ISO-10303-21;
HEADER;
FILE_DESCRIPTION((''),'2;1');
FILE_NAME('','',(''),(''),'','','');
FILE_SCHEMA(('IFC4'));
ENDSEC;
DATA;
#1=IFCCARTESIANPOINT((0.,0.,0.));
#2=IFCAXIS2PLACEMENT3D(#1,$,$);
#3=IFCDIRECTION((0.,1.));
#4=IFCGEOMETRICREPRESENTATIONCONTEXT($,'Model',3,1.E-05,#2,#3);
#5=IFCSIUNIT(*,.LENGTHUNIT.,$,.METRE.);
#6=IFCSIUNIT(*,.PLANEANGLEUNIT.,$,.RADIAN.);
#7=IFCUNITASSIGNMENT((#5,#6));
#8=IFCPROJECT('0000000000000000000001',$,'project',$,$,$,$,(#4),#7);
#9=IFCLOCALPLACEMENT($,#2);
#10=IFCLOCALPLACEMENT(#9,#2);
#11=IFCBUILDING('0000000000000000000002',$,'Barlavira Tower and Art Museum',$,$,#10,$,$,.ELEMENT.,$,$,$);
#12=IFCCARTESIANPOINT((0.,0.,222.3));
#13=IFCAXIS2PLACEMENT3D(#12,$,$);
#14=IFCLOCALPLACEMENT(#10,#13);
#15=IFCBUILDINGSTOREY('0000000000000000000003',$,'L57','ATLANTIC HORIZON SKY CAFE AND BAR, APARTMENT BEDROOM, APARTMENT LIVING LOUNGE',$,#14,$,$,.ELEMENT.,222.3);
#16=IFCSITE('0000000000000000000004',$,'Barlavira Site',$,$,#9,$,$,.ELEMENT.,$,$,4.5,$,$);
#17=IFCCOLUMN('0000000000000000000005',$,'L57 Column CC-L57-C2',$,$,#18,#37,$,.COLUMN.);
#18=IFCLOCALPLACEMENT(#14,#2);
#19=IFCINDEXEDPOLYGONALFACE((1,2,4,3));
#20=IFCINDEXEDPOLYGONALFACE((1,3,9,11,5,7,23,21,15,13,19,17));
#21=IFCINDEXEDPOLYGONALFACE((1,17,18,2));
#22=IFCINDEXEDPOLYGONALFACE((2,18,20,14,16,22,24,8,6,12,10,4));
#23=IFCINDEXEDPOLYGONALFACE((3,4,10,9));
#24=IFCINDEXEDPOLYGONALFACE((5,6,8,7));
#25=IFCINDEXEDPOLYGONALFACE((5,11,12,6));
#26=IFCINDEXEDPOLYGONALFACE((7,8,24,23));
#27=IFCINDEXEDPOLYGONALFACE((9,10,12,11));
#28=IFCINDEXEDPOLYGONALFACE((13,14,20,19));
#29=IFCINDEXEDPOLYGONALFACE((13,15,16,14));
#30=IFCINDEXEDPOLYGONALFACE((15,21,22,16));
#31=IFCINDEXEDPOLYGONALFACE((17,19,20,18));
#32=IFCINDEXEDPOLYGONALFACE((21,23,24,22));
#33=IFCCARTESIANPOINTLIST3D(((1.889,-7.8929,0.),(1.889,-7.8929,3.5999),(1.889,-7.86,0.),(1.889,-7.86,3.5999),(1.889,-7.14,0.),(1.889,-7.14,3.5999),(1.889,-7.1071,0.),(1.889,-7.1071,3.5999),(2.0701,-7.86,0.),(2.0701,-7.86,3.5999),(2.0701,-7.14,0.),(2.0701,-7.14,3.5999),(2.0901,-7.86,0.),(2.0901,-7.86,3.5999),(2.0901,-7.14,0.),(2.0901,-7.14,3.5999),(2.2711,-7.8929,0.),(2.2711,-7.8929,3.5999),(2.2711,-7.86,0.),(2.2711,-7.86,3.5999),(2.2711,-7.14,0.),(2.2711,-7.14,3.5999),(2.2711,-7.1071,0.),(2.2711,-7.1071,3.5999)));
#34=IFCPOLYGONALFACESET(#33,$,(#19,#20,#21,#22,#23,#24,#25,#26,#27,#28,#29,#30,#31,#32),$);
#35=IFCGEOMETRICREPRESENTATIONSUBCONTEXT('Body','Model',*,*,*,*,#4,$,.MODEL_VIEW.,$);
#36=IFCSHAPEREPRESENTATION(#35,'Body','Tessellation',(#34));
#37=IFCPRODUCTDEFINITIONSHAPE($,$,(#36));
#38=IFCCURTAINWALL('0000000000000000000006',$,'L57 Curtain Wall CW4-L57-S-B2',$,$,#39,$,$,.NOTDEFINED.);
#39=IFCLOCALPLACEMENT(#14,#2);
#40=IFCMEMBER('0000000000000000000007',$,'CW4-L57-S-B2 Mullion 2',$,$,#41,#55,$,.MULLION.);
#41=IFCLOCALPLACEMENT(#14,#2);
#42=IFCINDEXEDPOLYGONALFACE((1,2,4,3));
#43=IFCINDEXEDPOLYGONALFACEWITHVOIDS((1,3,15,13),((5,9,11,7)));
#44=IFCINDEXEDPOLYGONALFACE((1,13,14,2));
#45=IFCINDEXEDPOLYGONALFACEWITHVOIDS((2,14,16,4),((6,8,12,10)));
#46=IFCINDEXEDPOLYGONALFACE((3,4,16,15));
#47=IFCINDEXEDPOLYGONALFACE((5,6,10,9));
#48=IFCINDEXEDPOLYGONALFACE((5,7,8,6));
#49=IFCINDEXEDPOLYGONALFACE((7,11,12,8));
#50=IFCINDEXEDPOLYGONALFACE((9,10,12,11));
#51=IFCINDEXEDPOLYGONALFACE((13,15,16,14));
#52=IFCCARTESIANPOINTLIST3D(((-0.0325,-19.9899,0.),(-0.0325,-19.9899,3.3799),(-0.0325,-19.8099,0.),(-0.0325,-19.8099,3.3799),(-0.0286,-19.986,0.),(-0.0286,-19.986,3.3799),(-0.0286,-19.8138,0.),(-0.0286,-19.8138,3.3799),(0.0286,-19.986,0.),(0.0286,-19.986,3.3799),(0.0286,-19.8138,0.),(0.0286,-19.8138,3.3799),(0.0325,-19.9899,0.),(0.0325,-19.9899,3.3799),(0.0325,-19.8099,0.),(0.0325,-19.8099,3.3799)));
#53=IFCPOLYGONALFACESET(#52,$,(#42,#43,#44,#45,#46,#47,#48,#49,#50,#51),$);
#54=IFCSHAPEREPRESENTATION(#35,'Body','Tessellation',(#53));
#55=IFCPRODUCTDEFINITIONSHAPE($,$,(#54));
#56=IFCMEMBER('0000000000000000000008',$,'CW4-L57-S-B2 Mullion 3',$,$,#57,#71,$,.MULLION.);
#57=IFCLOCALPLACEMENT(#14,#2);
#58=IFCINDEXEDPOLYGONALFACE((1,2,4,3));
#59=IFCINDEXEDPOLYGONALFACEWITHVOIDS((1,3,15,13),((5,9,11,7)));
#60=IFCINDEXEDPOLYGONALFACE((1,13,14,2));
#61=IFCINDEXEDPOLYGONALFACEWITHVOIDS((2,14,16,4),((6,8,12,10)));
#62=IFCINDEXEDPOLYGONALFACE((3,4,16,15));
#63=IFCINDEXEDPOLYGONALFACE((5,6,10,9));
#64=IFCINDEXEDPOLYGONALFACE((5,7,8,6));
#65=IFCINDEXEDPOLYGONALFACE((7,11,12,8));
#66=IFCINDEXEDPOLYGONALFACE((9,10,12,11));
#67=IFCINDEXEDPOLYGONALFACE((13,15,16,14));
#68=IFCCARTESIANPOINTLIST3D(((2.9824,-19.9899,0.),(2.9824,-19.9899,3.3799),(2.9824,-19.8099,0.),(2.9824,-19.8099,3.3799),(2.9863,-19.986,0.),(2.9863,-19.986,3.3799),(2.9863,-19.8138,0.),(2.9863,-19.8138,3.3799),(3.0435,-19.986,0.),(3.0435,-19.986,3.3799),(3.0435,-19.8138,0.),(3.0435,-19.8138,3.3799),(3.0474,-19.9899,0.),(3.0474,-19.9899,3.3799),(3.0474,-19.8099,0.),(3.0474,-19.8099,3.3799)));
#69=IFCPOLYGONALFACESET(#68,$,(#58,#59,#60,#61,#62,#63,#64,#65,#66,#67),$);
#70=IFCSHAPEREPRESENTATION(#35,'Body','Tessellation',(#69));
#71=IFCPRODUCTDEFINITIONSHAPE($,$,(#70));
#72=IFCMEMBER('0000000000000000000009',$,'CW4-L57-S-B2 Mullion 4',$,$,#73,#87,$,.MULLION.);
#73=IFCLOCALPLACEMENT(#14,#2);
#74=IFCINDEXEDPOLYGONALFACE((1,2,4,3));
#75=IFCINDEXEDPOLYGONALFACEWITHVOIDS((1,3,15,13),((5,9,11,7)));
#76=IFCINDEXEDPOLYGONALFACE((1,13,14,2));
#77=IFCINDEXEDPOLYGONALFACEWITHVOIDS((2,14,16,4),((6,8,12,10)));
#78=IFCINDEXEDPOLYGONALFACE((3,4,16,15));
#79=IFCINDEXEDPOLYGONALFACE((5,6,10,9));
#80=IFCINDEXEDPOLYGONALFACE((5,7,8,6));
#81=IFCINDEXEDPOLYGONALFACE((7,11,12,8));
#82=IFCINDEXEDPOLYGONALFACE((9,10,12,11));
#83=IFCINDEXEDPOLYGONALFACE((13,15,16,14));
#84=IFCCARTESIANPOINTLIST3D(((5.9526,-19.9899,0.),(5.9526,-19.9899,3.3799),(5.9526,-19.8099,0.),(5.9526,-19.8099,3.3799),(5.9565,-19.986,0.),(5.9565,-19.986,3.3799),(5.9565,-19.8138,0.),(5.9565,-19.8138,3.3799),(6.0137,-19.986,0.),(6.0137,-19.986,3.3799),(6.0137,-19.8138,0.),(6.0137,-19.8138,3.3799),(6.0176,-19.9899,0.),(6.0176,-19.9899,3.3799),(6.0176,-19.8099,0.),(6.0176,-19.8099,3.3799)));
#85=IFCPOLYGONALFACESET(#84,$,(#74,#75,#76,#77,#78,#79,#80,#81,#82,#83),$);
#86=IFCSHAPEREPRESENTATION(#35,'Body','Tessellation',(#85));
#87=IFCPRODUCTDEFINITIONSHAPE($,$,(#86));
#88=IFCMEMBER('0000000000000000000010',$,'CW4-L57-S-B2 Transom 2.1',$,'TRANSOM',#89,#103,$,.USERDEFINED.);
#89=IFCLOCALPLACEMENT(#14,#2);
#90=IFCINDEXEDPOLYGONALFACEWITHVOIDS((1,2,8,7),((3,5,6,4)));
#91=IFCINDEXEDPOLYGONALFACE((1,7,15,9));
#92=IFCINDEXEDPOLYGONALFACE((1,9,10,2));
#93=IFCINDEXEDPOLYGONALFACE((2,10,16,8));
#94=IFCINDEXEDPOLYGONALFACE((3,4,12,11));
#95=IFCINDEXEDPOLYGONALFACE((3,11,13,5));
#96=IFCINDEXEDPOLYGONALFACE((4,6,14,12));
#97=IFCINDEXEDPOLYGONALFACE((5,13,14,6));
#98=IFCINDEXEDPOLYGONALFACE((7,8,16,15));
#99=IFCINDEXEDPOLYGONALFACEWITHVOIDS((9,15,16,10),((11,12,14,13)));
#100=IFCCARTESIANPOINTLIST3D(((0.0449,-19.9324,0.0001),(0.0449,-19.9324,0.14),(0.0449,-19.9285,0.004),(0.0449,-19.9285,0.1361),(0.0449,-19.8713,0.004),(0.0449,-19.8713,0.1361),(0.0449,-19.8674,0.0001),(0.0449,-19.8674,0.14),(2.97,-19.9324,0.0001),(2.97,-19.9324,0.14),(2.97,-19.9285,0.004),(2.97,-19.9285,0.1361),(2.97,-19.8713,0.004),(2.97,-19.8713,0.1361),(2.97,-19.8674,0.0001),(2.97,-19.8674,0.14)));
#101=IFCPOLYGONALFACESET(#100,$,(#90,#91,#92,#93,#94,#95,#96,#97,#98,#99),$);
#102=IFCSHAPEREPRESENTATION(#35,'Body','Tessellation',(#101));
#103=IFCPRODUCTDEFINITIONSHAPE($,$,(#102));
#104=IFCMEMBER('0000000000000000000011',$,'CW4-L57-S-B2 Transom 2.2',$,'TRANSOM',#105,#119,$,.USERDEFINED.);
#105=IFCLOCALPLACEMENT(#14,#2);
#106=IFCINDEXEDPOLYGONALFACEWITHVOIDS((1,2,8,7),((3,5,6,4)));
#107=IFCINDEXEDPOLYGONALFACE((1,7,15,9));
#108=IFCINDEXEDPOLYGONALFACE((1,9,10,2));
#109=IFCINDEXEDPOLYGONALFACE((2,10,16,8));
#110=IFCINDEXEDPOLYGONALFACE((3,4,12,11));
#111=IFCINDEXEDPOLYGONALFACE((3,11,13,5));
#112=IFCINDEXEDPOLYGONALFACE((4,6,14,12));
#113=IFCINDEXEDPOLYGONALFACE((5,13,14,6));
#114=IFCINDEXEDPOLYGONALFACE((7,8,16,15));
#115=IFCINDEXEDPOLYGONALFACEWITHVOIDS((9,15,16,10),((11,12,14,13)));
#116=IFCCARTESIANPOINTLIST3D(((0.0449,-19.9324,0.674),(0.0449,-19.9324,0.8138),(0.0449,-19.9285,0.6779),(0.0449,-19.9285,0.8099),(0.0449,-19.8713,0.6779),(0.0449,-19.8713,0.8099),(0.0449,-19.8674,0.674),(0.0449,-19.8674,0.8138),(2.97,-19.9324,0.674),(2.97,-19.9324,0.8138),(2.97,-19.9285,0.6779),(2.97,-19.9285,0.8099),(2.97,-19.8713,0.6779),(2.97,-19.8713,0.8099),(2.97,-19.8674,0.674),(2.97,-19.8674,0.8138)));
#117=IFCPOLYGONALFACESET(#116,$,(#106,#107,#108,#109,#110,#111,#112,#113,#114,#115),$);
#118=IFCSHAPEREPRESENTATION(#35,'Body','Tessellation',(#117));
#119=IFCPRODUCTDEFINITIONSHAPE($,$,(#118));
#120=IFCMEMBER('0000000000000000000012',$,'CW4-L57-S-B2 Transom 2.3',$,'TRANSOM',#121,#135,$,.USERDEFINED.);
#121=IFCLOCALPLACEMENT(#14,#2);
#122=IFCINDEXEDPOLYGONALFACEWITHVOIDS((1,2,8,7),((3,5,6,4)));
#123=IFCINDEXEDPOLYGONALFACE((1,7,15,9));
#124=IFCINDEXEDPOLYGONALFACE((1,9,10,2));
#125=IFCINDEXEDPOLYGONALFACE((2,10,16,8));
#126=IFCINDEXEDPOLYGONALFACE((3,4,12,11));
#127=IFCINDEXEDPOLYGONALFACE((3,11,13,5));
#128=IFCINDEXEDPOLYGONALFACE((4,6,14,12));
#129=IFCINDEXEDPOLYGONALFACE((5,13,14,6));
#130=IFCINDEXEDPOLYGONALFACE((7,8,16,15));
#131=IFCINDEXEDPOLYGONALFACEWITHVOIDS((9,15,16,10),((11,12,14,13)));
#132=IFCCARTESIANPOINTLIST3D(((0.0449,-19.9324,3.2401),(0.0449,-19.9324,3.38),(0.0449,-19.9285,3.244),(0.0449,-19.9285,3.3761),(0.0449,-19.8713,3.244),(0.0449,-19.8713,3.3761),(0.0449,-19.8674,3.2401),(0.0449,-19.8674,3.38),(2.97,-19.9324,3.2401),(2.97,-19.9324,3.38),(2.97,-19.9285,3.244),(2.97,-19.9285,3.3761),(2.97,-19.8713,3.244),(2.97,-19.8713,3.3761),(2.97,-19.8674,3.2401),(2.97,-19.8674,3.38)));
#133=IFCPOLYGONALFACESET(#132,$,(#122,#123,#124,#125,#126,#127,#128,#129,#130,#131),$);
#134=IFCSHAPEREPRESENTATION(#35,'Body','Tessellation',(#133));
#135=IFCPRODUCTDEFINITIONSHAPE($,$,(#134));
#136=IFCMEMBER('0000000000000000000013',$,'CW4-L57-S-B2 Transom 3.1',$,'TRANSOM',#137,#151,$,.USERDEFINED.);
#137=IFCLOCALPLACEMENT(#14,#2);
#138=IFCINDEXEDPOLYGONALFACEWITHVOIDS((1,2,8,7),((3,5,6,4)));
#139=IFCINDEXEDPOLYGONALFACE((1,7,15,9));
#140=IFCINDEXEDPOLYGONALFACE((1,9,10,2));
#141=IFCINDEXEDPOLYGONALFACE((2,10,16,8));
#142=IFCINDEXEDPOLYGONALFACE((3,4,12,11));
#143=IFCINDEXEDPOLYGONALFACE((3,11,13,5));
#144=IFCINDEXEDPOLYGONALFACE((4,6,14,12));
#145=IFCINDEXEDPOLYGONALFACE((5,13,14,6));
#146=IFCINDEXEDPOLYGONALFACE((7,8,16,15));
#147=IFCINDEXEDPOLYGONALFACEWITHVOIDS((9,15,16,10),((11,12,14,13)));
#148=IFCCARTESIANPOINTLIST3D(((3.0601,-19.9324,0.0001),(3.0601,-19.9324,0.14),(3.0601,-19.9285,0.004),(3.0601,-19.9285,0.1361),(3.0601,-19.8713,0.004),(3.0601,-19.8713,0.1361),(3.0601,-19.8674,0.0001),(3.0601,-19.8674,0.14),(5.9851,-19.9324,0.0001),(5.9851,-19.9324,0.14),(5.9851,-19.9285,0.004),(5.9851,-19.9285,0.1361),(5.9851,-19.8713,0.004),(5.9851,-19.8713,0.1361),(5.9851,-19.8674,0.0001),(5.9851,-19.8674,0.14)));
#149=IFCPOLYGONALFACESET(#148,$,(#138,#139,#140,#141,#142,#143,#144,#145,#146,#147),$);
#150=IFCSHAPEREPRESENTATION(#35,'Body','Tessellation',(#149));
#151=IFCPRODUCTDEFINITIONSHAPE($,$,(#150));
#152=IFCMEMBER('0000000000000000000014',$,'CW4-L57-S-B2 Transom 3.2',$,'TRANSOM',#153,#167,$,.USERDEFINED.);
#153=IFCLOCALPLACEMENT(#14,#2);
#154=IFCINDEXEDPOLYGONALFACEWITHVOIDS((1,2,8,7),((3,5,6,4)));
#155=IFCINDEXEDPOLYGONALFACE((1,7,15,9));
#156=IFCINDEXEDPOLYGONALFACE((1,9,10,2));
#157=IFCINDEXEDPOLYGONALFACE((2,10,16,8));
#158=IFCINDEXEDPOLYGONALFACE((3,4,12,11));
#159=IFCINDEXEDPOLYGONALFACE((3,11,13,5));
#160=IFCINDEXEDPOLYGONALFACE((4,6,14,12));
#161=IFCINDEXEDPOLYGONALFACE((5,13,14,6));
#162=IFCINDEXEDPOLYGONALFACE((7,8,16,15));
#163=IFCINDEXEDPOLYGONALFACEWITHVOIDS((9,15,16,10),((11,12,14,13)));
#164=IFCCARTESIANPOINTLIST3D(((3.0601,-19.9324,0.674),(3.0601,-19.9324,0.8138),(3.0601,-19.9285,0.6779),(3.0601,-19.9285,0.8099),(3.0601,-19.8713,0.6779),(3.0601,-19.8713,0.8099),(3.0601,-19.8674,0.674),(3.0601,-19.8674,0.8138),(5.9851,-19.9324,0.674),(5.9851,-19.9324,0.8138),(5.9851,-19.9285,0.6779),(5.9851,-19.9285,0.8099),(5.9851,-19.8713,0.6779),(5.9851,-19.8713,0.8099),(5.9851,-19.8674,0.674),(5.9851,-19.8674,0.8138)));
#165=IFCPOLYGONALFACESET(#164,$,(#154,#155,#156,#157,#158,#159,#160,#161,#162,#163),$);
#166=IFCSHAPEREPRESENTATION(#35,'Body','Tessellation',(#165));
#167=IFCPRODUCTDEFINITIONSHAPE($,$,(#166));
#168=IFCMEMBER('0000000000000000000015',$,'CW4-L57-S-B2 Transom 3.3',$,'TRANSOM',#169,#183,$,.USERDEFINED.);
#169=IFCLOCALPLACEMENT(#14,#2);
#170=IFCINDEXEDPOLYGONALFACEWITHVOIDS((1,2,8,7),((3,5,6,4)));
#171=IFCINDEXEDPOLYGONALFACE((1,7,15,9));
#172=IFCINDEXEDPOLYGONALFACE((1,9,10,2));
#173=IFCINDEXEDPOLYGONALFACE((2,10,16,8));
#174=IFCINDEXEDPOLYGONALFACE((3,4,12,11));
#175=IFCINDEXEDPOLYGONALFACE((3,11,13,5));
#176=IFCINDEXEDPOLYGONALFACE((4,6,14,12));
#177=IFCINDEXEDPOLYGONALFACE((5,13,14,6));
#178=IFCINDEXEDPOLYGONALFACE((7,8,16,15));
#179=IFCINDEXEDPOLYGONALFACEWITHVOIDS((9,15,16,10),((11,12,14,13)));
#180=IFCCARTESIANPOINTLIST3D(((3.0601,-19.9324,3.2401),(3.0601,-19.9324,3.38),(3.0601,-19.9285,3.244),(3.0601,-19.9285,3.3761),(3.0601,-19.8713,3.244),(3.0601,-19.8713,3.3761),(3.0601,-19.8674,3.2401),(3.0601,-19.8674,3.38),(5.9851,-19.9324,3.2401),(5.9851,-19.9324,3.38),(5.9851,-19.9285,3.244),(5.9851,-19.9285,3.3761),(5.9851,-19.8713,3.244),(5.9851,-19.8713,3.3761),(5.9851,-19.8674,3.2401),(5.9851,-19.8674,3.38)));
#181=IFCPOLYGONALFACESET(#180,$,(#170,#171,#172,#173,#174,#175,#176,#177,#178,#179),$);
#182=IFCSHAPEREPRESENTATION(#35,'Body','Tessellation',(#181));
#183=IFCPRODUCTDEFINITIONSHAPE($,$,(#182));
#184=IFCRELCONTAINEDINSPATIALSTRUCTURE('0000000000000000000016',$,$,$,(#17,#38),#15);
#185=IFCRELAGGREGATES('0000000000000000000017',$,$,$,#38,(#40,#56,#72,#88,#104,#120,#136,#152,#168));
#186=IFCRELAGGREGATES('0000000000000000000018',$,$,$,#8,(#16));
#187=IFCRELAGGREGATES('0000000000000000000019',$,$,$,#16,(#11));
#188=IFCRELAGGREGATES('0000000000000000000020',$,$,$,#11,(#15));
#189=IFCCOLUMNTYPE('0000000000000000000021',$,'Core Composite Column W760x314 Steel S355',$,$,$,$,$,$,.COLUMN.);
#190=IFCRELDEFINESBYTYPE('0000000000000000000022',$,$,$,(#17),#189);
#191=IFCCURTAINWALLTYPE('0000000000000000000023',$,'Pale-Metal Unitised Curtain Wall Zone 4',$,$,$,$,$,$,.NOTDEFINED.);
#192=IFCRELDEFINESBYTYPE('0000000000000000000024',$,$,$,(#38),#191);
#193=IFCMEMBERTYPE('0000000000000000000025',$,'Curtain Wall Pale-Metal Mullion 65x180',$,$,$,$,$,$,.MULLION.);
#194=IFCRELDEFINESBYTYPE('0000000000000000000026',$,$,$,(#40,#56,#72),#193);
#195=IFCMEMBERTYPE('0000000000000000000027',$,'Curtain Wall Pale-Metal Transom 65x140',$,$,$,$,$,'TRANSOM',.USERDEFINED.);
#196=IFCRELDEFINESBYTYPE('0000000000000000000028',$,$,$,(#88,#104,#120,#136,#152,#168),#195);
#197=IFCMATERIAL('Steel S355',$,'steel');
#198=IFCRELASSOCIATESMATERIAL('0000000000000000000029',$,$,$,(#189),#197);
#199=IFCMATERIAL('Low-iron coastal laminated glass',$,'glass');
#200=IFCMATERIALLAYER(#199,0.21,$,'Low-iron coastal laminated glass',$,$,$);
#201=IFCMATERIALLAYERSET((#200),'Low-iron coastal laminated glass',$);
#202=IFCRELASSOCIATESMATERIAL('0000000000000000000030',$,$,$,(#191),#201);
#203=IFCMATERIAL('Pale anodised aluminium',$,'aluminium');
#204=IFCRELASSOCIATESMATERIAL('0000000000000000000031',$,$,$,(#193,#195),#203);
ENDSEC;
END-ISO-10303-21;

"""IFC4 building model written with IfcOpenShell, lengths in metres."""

from ifc_helpers import new_model, si_unit, direction, frame, origin, origin_2d, place, context, subcontext, project, spatial, hollow_rectangle, i_section, extrude, material, layer, layer_set, material_profile, profile_set, type_object, element, aggregate, save


model = new_model("IFC4")

# Units and contexts
model_context = context("Model", 3, precision=1e-05, world=origin(), true_north=direction((0.0, 1.0)))
body_context = subcontext(model_context, "Body", "Model", "MODEL_VIEW")
ifc_project = project(units=[si_unit("LENGTHUNIT", "METRE"), si_unit("PLANEANGLEUNIT", "RADIAN")], contexts=[model_context])

# Site, building, storey
site_placement = place(None, origin())
site = spatial("IfcSite", under=ifc_project, at=site_placement, Name="Barlavira Site", CompositionType="ELEMENT", RefElevation=4.5)
building_placement = place(site_placement, origin())
building = spatial("IfcBuilding", under=site, at=building_placement, Name="Barlavira Tower and Art Museum", CompositionType="ELEMENT")
storey_placement = place(building_placement, frame((0.0, 0.0, 222.3)))
storey = spatial("IfcBuildingStorey", under=building, at=storey_placement, Name="L57", Description="ATLANTIC HORIZON SKY CAFE AND BAR, APARTMENT BEDROOM, APARTMENT LIVING LOUNGE", CompositionType="ELEMENT", Elevation=222.3)

# Column
ifc_material_1 = material(Name="Steel S355", Category="steel")
ifc_material_profile_1 = material_profile(ifc_material_1, i_section(OverallWidth=0.3821, OverallDepth=0.7859, WebThickness=0.02, FlangeThickness=0.033, at=origin_2d()), Name="W760x314.0")
ifc_profile_set_1 = profile_set([ifc_material_profile_1], Name="Steel S355")
column_type = type_object("IfcColumnType", Name="Core Composite Column W760x314 Steel S355", PredefinedType="COLUMN", material=ifc_profile_set_1)
column_placement = place(storey_placement, frame((2.0801, -7.5, 0.0), z_axis=(0.0, 0.0, 1.0), x_axis=(1.0, 0.0, 0.0)))
element("IfcColumn", 1, at=column_placement, inside=storey, type_object=column_type, Name="L57 Column CC-L57-C2", PredefinedType="COLUMN", context=body_context, shape_type="SweptSolid", body=[
    extrude(i_section(OverallWidth=0.3821, OverallDepth=0.7859, WebThickness=0.02, FlangeThickness=0.033, at=origin_2d()), origin(), (0.0, 0.0, 1.0), 3.5999),
])

# Curtain wall, members
ifc_material_2 = material(Name="Low-iron coastal laminated glass", Category="glass")
ifc_layer_1 = layer(ifc_material_2, 0.21, Name="Low-iron coastal laminated glass")
ifc_layer_set_1 = layer_set([ifc_layer_1], Name="Low-iron coastal laminated glass")
curtain_wall_type = type_object("IfcCurtainWallType", Name="Pale-Metal Unitised Curtain Wall Zone 4", PredefinedType="NOTDEFINED", material=ifc_layer_set_1)
curtain_wall_placement = place(storey_placement, origin())
curtain_wall = element("IfcCurtainWall", 2, at=curtain_wall_placement, inside=storey, type_object=curtain_wall_type, Name="L57 Curtain Wall CW4-L57-S-B2", PredefinedType="NOTDEFINED")
ifc_material_3 = material(Name="Pale anodised aluminium", Category="aluminium")
ifc_material_profile_2 = material_profile(ifc_material_3, hollow_rectangle(XDim=0.0649, YDim=0.1799, WallThickness=0.0039, at=origin_2d()), Name="ALU-MULL 65x180x4")
ifc_profile_set_2 = profile_set([ifc_material_profile_2], Name="Pale anodised aluminium")
member_type_1 = type_object("IfcMemberType", Name="Curtain Wall Pale-Metal Mullion 65x180", PredefinedType="MULLION", material=ifc_profile_set_2)
member_1_placement = place(storey_placement, frame((0.0, -19.8999, 0.0), z_axis=(0.0, 0.0, 1.0), x_axis=(1.0, 0.0, 0.0)))
member_1 = element("IfcMember", 3, at=member_1_placement, type_object=member_type_1, Name="CW4-L57-S-B2 Mullion 2", PredefinedType="MULLION", context=body_context, shape_type="SweptSolid", body=[
    extrude(hollow_rectangle(XDim=0.0649, YDim=0.1799, WallThickness=0.0039, at=origin_2d()), origin(), (0.0, 0.0, 1.0), 3.3799),
])
member_2_placement = place(storey_placement, frame((3.0149, -19.8999, 0.0), z_axis=(0.0, 0.0, 1.0), x_axis=(1.0, 0.0, 0.0)))
member_2 = element("IfcMember", 4, at=member_2_placement, type_object=member_type_1, Name="CW4-L57-S-B2 Mullion 3", PredefinedType="MULLION", context=body_context, shape_type="SweptSolid", body=[
    extrude(hollow_rectangle(XDim=0.0649, YDim=0.1799, WallThickness=0.0039, at=origin_2d()), origin(), (0.0, 0.0, 1.0), 3.3799),
])
member_3_placement = place(storey_placement, frame((5.9851, -19.8999, 0.0), z_axis=(0.0, 0.0, 1.0), x_axis=(1.0, 0.0, 0.0)))
member_3 = element("IfcMember", 5, at=member_3_placement, type_object=member_type_1, Name="CW4-L57-S-B2 Mullion 4", PredefinedType="MULLION", context=body_context, shape_type="SweptSolid", body=[
    extrude(hollow_rectangle(XDim=0.0649, YDim=0.1799, WallThickness=0.0039, at=origin_2d()), origin(), (0.0, 0.0, 1.0), 3.3799),
])
ifc_material_profile_3 = material_profile(ifc_material_3, hollow_rectangle(XDim=0.0649, YDim=0.1399, WallThickness=0.0039, at=origin_2d()), Name="ALU-TRAN 65x140x4")
ifc_profile_set_3 = profile_set([ifc_material_profile_3], Name="Pale anodised aluminium")
member_type_2 = type_object("IfcMemberType", Name="Curtain Wall Pale-Metal Transom 65x140", ElementType="TRANSOM", PredefinedType="USERDEFINED", material=ifc_profile_set_3)
member_4_placement = place(storey_placement, frame((0.0449, -19.8999, 0.0701), z_axis=(1.0, 0.0, 0.0), x_axis=(0.0, 1.0, 0.0)))
member_4 = element("IfcMember", 6, at=member_4_placement, type_object=member_type_2, Name="CW4-L57-S-B2 Transom 2.1", ObjectType="TRANSOM", PredefinedType="USERDEFINED", context=body_context, shape_type="SweptSolid", body=[
    extrude(hollow_rectangle(XDim=0.0649, YDim=0.1399, WallThickness=0.0039, at=origin_2d()), origin(), (0.0, 0.0, 1.0), 2.925),
])
member_5_placement = place(storey_placement, frame((0.0449, -19.8999, 0.7439), z_axis=(1.0, 0.0, 0.0), x_axis=(0.0, 1.0, 0.0)))
member_5 = element("IfcMember", 7, at=member_5_placement, type_object=member_type_2, Name="CW4-L57-S-B2 Transom 2.2", ObjectType="TRANSOM", PredefinedType="USERDEFINED", context=body_context, shape_type="SweptSolid", body=[
    extrude(hollow_rectangle(XDim=0.0649, YDim=0.1399, WallThickness=0.0039, at=origin_2d()), origin(), (0.0, 0.0, 1.0), 2.925),
])
member_6_placement = place(storey_placement, frame((0.0449, -19.8999, 3.3101), z_axis=(1.0, 0.0, 0.0), x_axis=(0.0, 1.0, 0.0)))
member_6 = element("IfcMember", 8, at=member_6_placement, type_object=member_type_2, Name="CW4-L57-S-B2 Transom 2.3", ObjectType="TRANSOM", PredefinedType="USERDEFINED", context=body_context, shape_type="SweptSolid", body=[
    extrude(hollow_rectangle(XDim=0.0649, YDim=0.1399, WallThickness=0.0039, at=origin_2d()), origin(), (0.0, 0.0, 1.0), 2.925),
])
member_7_placement = place(storey_placement, frame((3.0601, -19.8999, 0.0701), z_axis=(1.0, 0.0, 0.0), x_axis=(0.0, 1.0, 0.0)))
member_7 = element("IfcMember", 9, at=member_7_placement, type_object=member_type_2, Name="CW4-L57-S-B2 Transom 3.1", ObjectType="TRANSOM", PredefinedType="USERDEFINED", context=body_context, shape_type="SweptSolid", body=[
    extrude(hollow_rectangle(XDim=0.0649, YDim=0.1399, WallThickness=0.0039, at=origin_2d()), origin(), (0.0, 0.0, 1.0), 2.925),
])
member_8_placement = place(storey_placement, frame((3.0601, -19.8999, 0.7439), z_axis=(1.0, 0.0, 0.0), x_axis=(0.0, 1.0, 0.0)))
member_8 = element("IfcMember", 10, at=member_8_placement, type_object=member_type_2, Name="CW4-L57-S-B2 Transom 3.2", ObjectType="TRANSOM", PredefinedType="USERDEFINED", context=body_context, shape_type="SweptSolid", body=[
    extrude(hollow_rectangle(XDim=0.0649, YDim=0.1399, WallThickness=0.0039, at=origin_2d()), origin(), (0.0, 0.0, 1.0), 2.925),
])
member_9_placement = place(storey_placement, frame((3.0601, -19.8999, 3.3101), z_axis=(1.0, 0.0, 0.0), x_axis=(0.0, 1.0, 0.0)))
member_9 = element("IfcMember", 11, at=member_9_placement, type_object=member_type_2, Name="CW4-L57-S-B2 Transom 3.3", ObjectType="TRANSOM", PredefinedType="USERDEFINED", context=body_context, shape_type="SweptSolid", body=[
    extrude(hollow_rectangle(XDim=0.0649, YDim=0.1399, WallThickness=0.0039, at=origin_2d()), origin(), (0.0, 0.0, 1.0), 2.925),
])

aggregate(curtain_wall, [member_1, member_2, member_3, member_4, member_5, member_6, member_7, member_8, member_9])

save(model, "model.ifc")
